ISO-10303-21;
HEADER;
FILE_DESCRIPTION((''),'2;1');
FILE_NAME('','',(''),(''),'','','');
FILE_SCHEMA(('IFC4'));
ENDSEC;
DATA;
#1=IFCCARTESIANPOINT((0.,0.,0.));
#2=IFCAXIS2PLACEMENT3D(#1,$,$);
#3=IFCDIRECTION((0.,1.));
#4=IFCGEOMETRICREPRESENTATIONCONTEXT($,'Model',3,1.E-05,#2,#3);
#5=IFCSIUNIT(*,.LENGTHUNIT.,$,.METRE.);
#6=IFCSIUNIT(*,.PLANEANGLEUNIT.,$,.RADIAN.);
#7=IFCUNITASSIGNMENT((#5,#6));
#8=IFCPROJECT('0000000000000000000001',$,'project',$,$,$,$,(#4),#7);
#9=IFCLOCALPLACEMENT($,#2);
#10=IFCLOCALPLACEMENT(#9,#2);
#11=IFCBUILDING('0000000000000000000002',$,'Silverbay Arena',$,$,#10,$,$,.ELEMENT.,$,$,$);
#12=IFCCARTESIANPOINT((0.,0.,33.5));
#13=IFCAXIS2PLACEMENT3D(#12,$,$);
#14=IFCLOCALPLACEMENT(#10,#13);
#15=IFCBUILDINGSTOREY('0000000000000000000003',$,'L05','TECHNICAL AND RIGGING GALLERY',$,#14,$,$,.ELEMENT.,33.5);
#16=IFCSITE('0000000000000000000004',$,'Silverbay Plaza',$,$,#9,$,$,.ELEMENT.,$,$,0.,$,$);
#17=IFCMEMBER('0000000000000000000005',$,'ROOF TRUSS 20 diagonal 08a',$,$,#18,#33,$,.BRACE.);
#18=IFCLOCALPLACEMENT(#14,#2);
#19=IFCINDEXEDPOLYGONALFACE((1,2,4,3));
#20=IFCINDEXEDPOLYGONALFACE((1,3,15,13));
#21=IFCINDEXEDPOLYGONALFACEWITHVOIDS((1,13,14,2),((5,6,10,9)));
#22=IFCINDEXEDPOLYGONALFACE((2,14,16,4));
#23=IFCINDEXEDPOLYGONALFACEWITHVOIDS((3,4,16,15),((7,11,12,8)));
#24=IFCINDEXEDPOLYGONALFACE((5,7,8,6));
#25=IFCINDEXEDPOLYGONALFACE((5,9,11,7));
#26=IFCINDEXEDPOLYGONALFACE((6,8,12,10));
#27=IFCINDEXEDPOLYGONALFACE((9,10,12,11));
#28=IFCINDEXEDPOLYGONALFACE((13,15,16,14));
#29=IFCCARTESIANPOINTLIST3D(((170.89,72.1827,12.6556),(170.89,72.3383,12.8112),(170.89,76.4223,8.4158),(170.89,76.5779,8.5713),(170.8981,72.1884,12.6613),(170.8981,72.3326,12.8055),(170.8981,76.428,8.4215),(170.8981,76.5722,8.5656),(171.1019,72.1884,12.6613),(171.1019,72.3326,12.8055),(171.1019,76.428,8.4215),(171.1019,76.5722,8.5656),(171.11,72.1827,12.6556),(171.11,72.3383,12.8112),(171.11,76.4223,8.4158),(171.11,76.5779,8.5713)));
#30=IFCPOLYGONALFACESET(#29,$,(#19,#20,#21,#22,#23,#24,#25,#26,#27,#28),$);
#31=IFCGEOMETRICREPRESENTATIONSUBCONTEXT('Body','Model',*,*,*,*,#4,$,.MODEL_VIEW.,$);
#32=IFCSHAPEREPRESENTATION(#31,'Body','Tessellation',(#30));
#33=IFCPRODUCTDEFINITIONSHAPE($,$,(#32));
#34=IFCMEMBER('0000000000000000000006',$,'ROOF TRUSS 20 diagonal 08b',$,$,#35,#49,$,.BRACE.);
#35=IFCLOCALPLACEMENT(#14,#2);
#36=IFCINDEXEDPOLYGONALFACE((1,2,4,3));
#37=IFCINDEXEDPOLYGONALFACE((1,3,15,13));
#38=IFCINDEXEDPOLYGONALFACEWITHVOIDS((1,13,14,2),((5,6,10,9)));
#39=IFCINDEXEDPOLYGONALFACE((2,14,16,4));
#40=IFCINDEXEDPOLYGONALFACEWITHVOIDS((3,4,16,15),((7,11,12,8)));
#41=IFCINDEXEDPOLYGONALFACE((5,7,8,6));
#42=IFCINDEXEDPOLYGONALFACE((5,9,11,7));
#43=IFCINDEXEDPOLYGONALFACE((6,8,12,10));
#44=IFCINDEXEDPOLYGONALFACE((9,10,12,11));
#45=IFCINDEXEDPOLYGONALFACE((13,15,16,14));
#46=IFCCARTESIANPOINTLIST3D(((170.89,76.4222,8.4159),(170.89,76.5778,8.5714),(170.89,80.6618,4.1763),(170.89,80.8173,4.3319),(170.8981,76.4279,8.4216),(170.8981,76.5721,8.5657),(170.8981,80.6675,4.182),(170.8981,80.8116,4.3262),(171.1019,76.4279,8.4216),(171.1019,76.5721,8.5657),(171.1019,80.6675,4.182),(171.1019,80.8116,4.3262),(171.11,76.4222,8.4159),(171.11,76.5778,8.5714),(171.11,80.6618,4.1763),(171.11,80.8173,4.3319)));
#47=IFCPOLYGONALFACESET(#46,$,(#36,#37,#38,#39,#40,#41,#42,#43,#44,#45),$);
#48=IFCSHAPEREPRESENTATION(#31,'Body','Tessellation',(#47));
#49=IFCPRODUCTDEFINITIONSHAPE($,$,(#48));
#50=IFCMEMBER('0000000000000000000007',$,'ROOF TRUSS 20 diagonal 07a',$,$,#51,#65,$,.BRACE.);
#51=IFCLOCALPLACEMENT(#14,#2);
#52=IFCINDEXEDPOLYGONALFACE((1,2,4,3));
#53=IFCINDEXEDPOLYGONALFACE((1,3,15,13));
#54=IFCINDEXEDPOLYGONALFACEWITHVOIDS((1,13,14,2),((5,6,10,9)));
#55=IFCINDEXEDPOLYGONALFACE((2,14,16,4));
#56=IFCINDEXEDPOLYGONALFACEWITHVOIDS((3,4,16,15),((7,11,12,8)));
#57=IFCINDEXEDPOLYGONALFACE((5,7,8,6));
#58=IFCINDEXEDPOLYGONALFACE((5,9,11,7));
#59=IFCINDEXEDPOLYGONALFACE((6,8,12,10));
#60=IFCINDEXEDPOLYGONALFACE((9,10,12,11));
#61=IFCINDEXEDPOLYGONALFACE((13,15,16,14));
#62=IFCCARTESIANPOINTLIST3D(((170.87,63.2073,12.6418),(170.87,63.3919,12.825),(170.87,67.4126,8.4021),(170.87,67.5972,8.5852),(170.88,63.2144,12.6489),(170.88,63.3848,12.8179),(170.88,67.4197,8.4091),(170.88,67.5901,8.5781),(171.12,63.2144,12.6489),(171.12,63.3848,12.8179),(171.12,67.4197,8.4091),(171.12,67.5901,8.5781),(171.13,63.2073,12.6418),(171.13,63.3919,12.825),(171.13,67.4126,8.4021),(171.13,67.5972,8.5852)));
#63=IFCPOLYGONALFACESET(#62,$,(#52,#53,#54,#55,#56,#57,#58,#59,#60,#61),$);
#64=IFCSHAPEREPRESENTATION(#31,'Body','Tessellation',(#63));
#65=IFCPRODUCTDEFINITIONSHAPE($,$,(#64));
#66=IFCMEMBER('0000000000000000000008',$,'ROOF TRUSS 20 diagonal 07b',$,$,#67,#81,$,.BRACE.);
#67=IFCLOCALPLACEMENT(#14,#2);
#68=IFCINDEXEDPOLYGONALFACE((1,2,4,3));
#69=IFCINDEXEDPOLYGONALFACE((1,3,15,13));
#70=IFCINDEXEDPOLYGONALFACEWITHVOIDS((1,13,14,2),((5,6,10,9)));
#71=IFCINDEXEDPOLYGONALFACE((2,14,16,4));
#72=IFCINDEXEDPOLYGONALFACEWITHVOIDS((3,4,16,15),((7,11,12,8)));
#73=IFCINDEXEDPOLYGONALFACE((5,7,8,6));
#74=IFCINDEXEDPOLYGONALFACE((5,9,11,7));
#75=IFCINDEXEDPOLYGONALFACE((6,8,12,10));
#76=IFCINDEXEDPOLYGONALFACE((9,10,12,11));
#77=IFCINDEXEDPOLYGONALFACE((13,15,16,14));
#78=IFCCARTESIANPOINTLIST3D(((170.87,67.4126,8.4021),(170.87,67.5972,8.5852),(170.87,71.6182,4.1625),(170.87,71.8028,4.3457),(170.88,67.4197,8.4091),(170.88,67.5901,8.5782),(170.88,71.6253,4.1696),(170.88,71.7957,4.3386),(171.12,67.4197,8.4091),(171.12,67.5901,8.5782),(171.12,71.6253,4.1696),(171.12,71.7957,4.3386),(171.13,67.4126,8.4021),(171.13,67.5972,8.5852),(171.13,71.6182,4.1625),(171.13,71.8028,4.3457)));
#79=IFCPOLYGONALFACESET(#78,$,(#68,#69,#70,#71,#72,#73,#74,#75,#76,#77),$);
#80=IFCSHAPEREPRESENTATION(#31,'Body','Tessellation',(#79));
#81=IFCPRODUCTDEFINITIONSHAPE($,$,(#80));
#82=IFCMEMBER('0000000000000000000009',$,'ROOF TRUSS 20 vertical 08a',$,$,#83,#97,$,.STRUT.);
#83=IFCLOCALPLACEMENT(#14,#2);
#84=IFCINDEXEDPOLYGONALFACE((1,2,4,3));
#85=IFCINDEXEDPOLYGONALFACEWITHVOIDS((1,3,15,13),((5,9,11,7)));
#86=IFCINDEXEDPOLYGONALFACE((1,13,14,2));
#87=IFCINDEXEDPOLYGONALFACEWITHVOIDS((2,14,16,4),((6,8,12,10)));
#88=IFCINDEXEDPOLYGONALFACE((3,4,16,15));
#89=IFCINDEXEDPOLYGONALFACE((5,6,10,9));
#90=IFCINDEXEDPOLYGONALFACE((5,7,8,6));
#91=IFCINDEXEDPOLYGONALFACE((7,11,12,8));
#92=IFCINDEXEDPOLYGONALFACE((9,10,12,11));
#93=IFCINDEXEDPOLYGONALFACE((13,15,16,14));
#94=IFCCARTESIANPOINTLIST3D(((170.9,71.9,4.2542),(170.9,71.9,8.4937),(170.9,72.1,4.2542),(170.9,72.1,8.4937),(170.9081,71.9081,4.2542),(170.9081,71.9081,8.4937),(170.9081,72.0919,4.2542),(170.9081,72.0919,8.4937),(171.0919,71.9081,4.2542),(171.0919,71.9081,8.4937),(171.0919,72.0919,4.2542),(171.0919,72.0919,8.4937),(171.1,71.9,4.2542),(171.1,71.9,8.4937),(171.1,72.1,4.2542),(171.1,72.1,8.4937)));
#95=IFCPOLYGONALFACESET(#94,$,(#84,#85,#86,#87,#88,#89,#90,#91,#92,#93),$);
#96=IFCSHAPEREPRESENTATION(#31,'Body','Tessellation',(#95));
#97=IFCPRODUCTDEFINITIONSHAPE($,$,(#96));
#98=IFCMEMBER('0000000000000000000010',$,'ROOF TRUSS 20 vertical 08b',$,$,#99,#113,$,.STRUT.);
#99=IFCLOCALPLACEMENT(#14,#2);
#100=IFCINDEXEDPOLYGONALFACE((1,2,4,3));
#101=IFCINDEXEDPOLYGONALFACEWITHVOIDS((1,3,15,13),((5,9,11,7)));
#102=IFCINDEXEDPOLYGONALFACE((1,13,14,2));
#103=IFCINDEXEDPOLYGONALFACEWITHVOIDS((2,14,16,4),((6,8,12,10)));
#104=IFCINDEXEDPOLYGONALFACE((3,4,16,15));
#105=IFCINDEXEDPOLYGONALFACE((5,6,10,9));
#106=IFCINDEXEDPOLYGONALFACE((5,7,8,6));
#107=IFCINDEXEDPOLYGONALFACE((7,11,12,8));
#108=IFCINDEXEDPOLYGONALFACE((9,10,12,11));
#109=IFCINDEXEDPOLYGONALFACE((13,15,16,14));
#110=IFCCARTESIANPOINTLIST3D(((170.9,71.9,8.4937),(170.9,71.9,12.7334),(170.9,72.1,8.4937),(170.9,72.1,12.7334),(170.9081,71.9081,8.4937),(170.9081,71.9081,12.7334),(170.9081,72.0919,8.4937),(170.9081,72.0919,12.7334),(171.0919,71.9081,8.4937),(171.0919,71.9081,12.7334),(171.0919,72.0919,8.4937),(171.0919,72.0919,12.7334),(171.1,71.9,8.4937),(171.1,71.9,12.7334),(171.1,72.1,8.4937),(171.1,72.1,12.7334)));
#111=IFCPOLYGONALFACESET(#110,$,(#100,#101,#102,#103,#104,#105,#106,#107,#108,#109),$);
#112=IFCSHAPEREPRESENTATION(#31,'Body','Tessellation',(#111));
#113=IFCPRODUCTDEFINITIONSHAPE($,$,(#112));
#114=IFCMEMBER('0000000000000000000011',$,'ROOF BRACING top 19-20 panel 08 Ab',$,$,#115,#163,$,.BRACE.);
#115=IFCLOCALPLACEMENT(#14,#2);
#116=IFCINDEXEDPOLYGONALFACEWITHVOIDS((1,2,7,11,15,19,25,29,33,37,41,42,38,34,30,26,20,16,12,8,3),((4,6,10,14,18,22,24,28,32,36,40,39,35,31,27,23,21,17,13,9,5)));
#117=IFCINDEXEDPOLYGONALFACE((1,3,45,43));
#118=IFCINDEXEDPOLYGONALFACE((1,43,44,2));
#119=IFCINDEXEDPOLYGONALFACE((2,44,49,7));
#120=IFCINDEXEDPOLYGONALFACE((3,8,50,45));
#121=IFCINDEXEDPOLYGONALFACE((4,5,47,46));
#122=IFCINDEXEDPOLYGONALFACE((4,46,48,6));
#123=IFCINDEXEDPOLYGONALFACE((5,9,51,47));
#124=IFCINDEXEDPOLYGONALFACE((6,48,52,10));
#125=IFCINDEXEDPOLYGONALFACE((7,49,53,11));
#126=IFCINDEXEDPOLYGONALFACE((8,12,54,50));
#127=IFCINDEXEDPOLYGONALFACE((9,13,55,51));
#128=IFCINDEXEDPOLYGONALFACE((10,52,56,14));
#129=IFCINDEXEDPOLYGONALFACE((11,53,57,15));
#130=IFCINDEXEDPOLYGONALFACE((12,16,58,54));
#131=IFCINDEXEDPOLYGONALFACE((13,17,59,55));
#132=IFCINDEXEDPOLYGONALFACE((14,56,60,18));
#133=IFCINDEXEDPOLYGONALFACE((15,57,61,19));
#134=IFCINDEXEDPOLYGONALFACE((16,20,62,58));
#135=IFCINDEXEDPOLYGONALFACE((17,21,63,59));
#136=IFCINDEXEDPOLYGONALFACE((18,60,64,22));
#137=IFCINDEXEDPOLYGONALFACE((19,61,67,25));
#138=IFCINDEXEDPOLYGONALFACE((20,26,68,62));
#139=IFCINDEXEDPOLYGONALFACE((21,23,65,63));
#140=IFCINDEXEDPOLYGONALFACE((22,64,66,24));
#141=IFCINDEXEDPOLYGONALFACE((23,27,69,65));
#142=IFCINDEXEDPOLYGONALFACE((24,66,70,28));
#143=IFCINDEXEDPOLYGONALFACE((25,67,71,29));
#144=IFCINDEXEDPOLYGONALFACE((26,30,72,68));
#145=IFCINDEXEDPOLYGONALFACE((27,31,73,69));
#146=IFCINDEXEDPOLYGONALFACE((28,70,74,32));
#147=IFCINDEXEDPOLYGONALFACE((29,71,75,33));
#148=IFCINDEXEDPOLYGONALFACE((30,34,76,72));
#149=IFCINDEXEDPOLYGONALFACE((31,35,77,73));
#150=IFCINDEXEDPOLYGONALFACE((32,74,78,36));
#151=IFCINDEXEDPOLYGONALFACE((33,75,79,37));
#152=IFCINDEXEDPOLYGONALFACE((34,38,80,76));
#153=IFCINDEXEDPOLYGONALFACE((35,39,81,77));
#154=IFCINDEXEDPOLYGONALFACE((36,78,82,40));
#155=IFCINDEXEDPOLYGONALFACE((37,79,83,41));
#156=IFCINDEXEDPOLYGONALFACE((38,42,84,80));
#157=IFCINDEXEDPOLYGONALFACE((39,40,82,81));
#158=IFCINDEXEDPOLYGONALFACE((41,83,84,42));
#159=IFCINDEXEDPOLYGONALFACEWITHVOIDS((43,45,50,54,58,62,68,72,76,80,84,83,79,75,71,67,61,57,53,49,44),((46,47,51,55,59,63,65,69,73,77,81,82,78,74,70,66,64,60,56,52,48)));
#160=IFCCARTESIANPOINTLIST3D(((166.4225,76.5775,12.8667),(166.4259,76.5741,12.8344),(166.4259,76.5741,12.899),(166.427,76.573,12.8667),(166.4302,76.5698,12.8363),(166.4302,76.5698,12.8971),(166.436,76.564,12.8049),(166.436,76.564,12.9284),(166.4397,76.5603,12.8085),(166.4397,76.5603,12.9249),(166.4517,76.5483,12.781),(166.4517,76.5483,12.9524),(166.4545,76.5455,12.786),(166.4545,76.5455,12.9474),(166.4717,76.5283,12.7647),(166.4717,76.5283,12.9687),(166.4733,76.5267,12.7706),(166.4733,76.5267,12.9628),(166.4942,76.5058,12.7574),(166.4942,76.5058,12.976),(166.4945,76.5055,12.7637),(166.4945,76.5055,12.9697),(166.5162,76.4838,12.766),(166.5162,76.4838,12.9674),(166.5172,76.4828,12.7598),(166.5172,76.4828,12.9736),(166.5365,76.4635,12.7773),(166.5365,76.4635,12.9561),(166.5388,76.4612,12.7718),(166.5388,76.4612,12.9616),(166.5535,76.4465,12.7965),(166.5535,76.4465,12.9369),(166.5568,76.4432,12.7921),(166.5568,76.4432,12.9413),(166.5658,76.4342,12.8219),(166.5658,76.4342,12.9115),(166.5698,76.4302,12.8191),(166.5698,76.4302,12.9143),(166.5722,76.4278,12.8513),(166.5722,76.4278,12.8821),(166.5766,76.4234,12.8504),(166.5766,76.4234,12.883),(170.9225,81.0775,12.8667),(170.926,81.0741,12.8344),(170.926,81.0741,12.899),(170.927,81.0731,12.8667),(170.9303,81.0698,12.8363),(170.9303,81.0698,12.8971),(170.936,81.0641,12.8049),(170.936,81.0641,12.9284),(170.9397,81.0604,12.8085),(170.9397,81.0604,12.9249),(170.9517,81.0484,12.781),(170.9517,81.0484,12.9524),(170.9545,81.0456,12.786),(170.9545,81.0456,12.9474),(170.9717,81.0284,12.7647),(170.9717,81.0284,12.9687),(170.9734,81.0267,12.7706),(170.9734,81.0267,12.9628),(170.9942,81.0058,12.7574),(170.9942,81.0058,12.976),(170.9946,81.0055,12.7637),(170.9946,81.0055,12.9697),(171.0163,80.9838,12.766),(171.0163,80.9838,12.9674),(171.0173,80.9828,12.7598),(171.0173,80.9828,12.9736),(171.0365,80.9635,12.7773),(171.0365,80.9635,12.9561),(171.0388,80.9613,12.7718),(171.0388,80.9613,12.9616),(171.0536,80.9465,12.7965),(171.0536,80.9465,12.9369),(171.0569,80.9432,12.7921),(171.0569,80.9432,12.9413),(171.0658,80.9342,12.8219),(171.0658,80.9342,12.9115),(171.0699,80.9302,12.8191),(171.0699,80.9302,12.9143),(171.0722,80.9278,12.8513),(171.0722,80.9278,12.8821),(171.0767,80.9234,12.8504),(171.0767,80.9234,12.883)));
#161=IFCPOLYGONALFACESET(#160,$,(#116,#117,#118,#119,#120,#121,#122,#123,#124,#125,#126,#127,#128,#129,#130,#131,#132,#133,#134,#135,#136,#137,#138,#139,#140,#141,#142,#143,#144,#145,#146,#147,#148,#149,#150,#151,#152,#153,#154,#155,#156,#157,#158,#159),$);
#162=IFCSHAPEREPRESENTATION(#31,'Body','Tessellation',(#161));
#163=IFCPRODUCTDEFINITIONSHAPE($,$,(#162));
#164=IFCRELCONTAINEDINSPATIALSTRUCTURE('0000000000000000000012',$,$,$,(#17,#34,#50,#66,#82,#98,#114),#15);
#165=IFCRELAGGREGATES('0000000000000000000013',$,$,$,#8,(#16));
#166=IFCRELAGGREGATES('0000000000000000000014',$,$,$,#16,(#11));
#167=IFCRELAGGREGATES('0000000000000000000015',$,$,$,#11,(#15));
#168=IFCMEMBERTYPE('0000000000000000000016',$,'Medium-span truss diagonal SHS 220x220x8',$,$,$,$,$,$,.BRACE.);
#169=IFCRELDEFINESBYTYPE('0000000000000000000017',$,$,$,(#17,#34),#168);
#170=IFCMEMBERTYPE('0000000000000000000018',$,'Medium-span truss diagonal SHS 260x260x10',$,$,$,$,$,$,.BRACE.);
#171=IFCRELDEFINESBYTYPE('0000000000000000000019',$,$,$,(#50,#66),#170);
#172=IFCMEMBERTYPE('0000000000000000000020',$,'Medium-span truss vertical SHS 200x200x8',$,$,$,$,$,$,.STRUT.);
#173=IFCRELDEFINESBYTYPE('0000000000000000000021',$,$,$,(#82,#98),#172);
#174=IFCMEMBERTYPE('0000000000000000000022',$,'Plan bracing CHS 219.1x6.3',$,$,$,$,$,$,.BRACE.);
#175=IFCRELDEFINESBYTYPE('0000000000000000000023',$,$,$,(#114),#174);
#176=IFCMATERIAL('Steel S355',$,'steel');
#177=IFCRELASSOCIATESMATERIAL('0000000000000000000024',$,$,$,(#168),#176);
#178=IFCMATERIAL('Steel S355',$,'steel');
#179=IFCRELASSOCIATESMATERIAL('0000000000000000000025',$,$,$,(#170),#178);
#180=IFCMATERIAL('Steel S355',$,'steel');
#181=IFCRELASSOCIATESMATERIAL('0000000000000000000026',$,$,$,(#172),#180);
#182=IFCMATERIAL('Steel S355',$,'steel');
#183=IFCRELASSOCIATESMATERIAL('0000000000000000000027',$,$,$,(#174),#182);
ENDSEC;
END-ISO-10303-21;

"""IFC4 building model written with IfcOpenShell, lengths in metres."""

from ifc_helpers import new_model, si_unit, direction, frame, origin, origin_2d, place, context, subcontext, project, spatial, hollow_rectangle, hollow_circle, extrude, material, material_profile, profile_set, type_object, element, save


model = new_model("IFC4")

# Units and contexts
model_context = context("Model", 3, precision=1e-05, world=origin(), true_north=direction((0.0, 1.0)))
body_context = subcontext(model_context, "Body", "Model", "MODEL_VIEW")
ifc_project = project(units=[si_unit("LENGTHUNIT", "METRE"), si_unit("PLANEANGLEUNIT", "RADIAN")], contexts=[model_context])

# Site, building, storey
site_placement = place(None, origin())
site = spatial("IfcSite", under=ifc_project, at=site_placement, Name="Silverbay Plaza", CompositionType="ELEMENT", RefElevation=0.0)
building_placement = place(site_placement, origin())
building = spatial("IfcBuilding", under=site, at=building_placement, Name="Silverbay Arena", CompositionType="ELEMENT")
storey_placement = place(building_placement, frame((0.0, 0.0, 33.5)))
storey = spatial("IfcBuildingStorey", under=building, at=storey_placement, Name="L05", Description="TECHNICAL AND RIGGING GALLERY", CompositionType="ELEMENT", Elevation=33.5)

# Members
ifc_material_1 = material(Name="Steel S355", Category="steel")
ifc_material_profile_1 = material_profile(ifc_material_1, hollow_rectangle(XDim=0.22, YDim=0.22, WallThickness=0.0081, at=origin_2d()), Name="SHS 220x220x8")
ifc_profile_set_1 = profile_set([ifc_material_profile_1], Name="Steel S355")
member_type_1 = type_object("IfcMemberType", Name="Medium-span truss diagonal SHS 220x220x8", PredefinedType="BRACE", material=ifc_profile_set_1)
member_1_placement = place(storey_placement, frame((171.0, 72.2605, 12.7334), z_axis=(0.0, 0.707086, -0.707127), x_axis=(-1.0, 0.0, 0.0)))
element("IfcMember", 1, at=member_1_placement, inside=storey, type_object=member_type_1, Name="ROOF TRUSS 20 diagonal 08a", PredefinedType="BRACE", context=body_context, shape_type="SweptSolid", body=[
    extrude(hollow_rectangle(XDim=0.22, YDim=0.22, WallThickness=0.0081, at=origin_2d()), origin(), (0.0, 0.0, 1.0), 5.9958),
])
member_2_placement = place(storey_placement, frame((171.0, 76.5, 8.4937), z_axis=(0.0, 0.707107, -0.707107), x_axis=(-1.0, 0.0, 0.0)))
element("IfcMember", 2, at=member_2_placement, inside=storey, type_object=member_type_1, Name="ROOF TRUSS 20 diagonal 08b", PredefinedType="BRACE", context=body_context, shape_type="SweptSolid", body=[
    extrude(hollow_rectangle(XDim=0.22, YDim=0.22, WallThickness=0.0081, at=origin_2d()), origin(), (0.0, 0.0, 1.0), 5.9956),
])
ifc_material_2 = material(Name="Steel S355", Category="steel")
ifc_material_profile_2 = material_profile(ifc_material_2, hollow_rectangle(XDim=0.26, YDim=0.26, WallThickness=0.01, at=origin_2d()), Name="SHS 260x260x10")
ifc_profile_set_2 = profile_set([ifc_material_profile_2], Name="Steel S355")
member_type_2 = type_object("IfcMemberType", Name="Medium-span truss diagonal SHS 260x260x10", PredefinedType="BRACE", material=ifc_profile_set_2)
for number, where, z_axis, x_axis, name in (
    (3, (171.0, 63.2996, 12.7334), (0.0, 0.704219, -0.709983), (-1.0, 0.0, 0.0), "ROOF TRUSS 20 diagonal 07a"),
    (4, (171.0, 67.5049, 8.4937), (0.0, 0.70426, -0.709942), (-1.0, 0.0, 0.0), "ROOF TRUSS 20 diagonal 07b"),
):
    element("IfcMember", number, at=place(storey_placement, frame(where, z_axis=z_axis, x_axis=x_axis)), inside=storey, type_object=member_type_2, Name=name, PredefinedType="BRACE", context=body_context, shape_type="SweptSolid", body=[
        extrude(hollow_rectangle(XDim=0.26, YDim=0.26, WallThickness=0.01, at=origin_2d()), origin(), (0.0, 0.0, 1.0), 5.9717),
    ])
ifc_material_3 = material(Name="Steel S355", Category="steel")
ifc_material_profile_3 = material_profile(ifc_material_3, hollow_rectangle(XDim=0.2, YDim=0.2, WallThickness=0.0081, at=origin_2d()), Name="SHS 200x200x8")
ifc_profile_set_3 = profile_set([ifc_material_profile_3], Name="Steel S355")
member_type_3 = type_object("IfcMemberType", Name="Medium-span truss vertical SHS 200x200x8", PredefinedType="STRUT", material=ifc_profile_set_3)
member_3_placement = place(storey_placement, frame((171.0, 72.0, 4.2542), z_axis=(0.0, 0.0, 1.0), x_axis=(1.0, 0.0, 0.0)))
element("IfcMember", 5, at=member_3_placement, inside=storey, type_object=member_type_3, Name="ROOF TRUSS 20 vertical 08a", PredefinedType="STRUT", context=body_context, shape_type="SweptSolid", body=[
    extrude(hollow_rectangle(XDim=0.2, YDim=0.2, WallThickness=0.0081, at=origin_2d()), origin(), (0.0, 0.0, 1.0), 4.2395),
])
member_4_placement = place(storey_placement, frame((171.0, 72.0, 8.4937), z_axis=(0.0, 0.0, 1.0), x_axis=(1.0, 0.0, 0.0)))
element("IfcMember", 6, at=member_4_placement, inside=storey, type_object=member_type_3, Name="ROOF TRUSS 20 vertical 08b", PredefinedType="STRUT", context=body_context, shape_type="SweptSolid", body=[
    extrude(hollow_rectangle(XDim=0.2, YDim=0.2, WallThickness=0.0081, at=origin_2d()), origin(), (0.0, 0.0, 1.0), 4.2397),
])
ifc_material_4 = material(Name="Steel S355", Category="steel")
ifc_material_profile_4 = material_profile(ifc_material_4, hollow_circle(Radius=0.1096, WallThickness=0.0063, at=origin_2d()), Name="CHS 219.1x6.3")
ifc_profile_set_4 = profile_set([ifc_material_profile_4], Name="Steel S355")
member_type_4 = type_object("IfcMemberType", Name="Plan bracing CHS 219.1x6.3", PredefinedType="BRACE", material=ifc_profile_set_4)
for number, where, z_axis, x_axis, name in (
    (7, (166.5, 76.5, 12.8667), (0.707107, 0.707107, 0.0), (-0.707107, 0.707107, 0.0), "ROOF BRACING top 19-20 panel 08 Ab"),
):
    element("IfcMember", number, at=place(storey_placement, frame(where, z_axis=z_axis, x_axis=x_axis)), inside=storey, type_object=member_type_4, Name=name, PredefinedType="BRACE", context=body_context, shape_type="SweptSolid", body=[
        extrude(hollow_circle(Radius=0.1096, WallThickness=0.0063, at=origin_2d()), origin(), (0.0, 0.0, 1.0), 6.364),
    ])

save(model, "model.ifc")
